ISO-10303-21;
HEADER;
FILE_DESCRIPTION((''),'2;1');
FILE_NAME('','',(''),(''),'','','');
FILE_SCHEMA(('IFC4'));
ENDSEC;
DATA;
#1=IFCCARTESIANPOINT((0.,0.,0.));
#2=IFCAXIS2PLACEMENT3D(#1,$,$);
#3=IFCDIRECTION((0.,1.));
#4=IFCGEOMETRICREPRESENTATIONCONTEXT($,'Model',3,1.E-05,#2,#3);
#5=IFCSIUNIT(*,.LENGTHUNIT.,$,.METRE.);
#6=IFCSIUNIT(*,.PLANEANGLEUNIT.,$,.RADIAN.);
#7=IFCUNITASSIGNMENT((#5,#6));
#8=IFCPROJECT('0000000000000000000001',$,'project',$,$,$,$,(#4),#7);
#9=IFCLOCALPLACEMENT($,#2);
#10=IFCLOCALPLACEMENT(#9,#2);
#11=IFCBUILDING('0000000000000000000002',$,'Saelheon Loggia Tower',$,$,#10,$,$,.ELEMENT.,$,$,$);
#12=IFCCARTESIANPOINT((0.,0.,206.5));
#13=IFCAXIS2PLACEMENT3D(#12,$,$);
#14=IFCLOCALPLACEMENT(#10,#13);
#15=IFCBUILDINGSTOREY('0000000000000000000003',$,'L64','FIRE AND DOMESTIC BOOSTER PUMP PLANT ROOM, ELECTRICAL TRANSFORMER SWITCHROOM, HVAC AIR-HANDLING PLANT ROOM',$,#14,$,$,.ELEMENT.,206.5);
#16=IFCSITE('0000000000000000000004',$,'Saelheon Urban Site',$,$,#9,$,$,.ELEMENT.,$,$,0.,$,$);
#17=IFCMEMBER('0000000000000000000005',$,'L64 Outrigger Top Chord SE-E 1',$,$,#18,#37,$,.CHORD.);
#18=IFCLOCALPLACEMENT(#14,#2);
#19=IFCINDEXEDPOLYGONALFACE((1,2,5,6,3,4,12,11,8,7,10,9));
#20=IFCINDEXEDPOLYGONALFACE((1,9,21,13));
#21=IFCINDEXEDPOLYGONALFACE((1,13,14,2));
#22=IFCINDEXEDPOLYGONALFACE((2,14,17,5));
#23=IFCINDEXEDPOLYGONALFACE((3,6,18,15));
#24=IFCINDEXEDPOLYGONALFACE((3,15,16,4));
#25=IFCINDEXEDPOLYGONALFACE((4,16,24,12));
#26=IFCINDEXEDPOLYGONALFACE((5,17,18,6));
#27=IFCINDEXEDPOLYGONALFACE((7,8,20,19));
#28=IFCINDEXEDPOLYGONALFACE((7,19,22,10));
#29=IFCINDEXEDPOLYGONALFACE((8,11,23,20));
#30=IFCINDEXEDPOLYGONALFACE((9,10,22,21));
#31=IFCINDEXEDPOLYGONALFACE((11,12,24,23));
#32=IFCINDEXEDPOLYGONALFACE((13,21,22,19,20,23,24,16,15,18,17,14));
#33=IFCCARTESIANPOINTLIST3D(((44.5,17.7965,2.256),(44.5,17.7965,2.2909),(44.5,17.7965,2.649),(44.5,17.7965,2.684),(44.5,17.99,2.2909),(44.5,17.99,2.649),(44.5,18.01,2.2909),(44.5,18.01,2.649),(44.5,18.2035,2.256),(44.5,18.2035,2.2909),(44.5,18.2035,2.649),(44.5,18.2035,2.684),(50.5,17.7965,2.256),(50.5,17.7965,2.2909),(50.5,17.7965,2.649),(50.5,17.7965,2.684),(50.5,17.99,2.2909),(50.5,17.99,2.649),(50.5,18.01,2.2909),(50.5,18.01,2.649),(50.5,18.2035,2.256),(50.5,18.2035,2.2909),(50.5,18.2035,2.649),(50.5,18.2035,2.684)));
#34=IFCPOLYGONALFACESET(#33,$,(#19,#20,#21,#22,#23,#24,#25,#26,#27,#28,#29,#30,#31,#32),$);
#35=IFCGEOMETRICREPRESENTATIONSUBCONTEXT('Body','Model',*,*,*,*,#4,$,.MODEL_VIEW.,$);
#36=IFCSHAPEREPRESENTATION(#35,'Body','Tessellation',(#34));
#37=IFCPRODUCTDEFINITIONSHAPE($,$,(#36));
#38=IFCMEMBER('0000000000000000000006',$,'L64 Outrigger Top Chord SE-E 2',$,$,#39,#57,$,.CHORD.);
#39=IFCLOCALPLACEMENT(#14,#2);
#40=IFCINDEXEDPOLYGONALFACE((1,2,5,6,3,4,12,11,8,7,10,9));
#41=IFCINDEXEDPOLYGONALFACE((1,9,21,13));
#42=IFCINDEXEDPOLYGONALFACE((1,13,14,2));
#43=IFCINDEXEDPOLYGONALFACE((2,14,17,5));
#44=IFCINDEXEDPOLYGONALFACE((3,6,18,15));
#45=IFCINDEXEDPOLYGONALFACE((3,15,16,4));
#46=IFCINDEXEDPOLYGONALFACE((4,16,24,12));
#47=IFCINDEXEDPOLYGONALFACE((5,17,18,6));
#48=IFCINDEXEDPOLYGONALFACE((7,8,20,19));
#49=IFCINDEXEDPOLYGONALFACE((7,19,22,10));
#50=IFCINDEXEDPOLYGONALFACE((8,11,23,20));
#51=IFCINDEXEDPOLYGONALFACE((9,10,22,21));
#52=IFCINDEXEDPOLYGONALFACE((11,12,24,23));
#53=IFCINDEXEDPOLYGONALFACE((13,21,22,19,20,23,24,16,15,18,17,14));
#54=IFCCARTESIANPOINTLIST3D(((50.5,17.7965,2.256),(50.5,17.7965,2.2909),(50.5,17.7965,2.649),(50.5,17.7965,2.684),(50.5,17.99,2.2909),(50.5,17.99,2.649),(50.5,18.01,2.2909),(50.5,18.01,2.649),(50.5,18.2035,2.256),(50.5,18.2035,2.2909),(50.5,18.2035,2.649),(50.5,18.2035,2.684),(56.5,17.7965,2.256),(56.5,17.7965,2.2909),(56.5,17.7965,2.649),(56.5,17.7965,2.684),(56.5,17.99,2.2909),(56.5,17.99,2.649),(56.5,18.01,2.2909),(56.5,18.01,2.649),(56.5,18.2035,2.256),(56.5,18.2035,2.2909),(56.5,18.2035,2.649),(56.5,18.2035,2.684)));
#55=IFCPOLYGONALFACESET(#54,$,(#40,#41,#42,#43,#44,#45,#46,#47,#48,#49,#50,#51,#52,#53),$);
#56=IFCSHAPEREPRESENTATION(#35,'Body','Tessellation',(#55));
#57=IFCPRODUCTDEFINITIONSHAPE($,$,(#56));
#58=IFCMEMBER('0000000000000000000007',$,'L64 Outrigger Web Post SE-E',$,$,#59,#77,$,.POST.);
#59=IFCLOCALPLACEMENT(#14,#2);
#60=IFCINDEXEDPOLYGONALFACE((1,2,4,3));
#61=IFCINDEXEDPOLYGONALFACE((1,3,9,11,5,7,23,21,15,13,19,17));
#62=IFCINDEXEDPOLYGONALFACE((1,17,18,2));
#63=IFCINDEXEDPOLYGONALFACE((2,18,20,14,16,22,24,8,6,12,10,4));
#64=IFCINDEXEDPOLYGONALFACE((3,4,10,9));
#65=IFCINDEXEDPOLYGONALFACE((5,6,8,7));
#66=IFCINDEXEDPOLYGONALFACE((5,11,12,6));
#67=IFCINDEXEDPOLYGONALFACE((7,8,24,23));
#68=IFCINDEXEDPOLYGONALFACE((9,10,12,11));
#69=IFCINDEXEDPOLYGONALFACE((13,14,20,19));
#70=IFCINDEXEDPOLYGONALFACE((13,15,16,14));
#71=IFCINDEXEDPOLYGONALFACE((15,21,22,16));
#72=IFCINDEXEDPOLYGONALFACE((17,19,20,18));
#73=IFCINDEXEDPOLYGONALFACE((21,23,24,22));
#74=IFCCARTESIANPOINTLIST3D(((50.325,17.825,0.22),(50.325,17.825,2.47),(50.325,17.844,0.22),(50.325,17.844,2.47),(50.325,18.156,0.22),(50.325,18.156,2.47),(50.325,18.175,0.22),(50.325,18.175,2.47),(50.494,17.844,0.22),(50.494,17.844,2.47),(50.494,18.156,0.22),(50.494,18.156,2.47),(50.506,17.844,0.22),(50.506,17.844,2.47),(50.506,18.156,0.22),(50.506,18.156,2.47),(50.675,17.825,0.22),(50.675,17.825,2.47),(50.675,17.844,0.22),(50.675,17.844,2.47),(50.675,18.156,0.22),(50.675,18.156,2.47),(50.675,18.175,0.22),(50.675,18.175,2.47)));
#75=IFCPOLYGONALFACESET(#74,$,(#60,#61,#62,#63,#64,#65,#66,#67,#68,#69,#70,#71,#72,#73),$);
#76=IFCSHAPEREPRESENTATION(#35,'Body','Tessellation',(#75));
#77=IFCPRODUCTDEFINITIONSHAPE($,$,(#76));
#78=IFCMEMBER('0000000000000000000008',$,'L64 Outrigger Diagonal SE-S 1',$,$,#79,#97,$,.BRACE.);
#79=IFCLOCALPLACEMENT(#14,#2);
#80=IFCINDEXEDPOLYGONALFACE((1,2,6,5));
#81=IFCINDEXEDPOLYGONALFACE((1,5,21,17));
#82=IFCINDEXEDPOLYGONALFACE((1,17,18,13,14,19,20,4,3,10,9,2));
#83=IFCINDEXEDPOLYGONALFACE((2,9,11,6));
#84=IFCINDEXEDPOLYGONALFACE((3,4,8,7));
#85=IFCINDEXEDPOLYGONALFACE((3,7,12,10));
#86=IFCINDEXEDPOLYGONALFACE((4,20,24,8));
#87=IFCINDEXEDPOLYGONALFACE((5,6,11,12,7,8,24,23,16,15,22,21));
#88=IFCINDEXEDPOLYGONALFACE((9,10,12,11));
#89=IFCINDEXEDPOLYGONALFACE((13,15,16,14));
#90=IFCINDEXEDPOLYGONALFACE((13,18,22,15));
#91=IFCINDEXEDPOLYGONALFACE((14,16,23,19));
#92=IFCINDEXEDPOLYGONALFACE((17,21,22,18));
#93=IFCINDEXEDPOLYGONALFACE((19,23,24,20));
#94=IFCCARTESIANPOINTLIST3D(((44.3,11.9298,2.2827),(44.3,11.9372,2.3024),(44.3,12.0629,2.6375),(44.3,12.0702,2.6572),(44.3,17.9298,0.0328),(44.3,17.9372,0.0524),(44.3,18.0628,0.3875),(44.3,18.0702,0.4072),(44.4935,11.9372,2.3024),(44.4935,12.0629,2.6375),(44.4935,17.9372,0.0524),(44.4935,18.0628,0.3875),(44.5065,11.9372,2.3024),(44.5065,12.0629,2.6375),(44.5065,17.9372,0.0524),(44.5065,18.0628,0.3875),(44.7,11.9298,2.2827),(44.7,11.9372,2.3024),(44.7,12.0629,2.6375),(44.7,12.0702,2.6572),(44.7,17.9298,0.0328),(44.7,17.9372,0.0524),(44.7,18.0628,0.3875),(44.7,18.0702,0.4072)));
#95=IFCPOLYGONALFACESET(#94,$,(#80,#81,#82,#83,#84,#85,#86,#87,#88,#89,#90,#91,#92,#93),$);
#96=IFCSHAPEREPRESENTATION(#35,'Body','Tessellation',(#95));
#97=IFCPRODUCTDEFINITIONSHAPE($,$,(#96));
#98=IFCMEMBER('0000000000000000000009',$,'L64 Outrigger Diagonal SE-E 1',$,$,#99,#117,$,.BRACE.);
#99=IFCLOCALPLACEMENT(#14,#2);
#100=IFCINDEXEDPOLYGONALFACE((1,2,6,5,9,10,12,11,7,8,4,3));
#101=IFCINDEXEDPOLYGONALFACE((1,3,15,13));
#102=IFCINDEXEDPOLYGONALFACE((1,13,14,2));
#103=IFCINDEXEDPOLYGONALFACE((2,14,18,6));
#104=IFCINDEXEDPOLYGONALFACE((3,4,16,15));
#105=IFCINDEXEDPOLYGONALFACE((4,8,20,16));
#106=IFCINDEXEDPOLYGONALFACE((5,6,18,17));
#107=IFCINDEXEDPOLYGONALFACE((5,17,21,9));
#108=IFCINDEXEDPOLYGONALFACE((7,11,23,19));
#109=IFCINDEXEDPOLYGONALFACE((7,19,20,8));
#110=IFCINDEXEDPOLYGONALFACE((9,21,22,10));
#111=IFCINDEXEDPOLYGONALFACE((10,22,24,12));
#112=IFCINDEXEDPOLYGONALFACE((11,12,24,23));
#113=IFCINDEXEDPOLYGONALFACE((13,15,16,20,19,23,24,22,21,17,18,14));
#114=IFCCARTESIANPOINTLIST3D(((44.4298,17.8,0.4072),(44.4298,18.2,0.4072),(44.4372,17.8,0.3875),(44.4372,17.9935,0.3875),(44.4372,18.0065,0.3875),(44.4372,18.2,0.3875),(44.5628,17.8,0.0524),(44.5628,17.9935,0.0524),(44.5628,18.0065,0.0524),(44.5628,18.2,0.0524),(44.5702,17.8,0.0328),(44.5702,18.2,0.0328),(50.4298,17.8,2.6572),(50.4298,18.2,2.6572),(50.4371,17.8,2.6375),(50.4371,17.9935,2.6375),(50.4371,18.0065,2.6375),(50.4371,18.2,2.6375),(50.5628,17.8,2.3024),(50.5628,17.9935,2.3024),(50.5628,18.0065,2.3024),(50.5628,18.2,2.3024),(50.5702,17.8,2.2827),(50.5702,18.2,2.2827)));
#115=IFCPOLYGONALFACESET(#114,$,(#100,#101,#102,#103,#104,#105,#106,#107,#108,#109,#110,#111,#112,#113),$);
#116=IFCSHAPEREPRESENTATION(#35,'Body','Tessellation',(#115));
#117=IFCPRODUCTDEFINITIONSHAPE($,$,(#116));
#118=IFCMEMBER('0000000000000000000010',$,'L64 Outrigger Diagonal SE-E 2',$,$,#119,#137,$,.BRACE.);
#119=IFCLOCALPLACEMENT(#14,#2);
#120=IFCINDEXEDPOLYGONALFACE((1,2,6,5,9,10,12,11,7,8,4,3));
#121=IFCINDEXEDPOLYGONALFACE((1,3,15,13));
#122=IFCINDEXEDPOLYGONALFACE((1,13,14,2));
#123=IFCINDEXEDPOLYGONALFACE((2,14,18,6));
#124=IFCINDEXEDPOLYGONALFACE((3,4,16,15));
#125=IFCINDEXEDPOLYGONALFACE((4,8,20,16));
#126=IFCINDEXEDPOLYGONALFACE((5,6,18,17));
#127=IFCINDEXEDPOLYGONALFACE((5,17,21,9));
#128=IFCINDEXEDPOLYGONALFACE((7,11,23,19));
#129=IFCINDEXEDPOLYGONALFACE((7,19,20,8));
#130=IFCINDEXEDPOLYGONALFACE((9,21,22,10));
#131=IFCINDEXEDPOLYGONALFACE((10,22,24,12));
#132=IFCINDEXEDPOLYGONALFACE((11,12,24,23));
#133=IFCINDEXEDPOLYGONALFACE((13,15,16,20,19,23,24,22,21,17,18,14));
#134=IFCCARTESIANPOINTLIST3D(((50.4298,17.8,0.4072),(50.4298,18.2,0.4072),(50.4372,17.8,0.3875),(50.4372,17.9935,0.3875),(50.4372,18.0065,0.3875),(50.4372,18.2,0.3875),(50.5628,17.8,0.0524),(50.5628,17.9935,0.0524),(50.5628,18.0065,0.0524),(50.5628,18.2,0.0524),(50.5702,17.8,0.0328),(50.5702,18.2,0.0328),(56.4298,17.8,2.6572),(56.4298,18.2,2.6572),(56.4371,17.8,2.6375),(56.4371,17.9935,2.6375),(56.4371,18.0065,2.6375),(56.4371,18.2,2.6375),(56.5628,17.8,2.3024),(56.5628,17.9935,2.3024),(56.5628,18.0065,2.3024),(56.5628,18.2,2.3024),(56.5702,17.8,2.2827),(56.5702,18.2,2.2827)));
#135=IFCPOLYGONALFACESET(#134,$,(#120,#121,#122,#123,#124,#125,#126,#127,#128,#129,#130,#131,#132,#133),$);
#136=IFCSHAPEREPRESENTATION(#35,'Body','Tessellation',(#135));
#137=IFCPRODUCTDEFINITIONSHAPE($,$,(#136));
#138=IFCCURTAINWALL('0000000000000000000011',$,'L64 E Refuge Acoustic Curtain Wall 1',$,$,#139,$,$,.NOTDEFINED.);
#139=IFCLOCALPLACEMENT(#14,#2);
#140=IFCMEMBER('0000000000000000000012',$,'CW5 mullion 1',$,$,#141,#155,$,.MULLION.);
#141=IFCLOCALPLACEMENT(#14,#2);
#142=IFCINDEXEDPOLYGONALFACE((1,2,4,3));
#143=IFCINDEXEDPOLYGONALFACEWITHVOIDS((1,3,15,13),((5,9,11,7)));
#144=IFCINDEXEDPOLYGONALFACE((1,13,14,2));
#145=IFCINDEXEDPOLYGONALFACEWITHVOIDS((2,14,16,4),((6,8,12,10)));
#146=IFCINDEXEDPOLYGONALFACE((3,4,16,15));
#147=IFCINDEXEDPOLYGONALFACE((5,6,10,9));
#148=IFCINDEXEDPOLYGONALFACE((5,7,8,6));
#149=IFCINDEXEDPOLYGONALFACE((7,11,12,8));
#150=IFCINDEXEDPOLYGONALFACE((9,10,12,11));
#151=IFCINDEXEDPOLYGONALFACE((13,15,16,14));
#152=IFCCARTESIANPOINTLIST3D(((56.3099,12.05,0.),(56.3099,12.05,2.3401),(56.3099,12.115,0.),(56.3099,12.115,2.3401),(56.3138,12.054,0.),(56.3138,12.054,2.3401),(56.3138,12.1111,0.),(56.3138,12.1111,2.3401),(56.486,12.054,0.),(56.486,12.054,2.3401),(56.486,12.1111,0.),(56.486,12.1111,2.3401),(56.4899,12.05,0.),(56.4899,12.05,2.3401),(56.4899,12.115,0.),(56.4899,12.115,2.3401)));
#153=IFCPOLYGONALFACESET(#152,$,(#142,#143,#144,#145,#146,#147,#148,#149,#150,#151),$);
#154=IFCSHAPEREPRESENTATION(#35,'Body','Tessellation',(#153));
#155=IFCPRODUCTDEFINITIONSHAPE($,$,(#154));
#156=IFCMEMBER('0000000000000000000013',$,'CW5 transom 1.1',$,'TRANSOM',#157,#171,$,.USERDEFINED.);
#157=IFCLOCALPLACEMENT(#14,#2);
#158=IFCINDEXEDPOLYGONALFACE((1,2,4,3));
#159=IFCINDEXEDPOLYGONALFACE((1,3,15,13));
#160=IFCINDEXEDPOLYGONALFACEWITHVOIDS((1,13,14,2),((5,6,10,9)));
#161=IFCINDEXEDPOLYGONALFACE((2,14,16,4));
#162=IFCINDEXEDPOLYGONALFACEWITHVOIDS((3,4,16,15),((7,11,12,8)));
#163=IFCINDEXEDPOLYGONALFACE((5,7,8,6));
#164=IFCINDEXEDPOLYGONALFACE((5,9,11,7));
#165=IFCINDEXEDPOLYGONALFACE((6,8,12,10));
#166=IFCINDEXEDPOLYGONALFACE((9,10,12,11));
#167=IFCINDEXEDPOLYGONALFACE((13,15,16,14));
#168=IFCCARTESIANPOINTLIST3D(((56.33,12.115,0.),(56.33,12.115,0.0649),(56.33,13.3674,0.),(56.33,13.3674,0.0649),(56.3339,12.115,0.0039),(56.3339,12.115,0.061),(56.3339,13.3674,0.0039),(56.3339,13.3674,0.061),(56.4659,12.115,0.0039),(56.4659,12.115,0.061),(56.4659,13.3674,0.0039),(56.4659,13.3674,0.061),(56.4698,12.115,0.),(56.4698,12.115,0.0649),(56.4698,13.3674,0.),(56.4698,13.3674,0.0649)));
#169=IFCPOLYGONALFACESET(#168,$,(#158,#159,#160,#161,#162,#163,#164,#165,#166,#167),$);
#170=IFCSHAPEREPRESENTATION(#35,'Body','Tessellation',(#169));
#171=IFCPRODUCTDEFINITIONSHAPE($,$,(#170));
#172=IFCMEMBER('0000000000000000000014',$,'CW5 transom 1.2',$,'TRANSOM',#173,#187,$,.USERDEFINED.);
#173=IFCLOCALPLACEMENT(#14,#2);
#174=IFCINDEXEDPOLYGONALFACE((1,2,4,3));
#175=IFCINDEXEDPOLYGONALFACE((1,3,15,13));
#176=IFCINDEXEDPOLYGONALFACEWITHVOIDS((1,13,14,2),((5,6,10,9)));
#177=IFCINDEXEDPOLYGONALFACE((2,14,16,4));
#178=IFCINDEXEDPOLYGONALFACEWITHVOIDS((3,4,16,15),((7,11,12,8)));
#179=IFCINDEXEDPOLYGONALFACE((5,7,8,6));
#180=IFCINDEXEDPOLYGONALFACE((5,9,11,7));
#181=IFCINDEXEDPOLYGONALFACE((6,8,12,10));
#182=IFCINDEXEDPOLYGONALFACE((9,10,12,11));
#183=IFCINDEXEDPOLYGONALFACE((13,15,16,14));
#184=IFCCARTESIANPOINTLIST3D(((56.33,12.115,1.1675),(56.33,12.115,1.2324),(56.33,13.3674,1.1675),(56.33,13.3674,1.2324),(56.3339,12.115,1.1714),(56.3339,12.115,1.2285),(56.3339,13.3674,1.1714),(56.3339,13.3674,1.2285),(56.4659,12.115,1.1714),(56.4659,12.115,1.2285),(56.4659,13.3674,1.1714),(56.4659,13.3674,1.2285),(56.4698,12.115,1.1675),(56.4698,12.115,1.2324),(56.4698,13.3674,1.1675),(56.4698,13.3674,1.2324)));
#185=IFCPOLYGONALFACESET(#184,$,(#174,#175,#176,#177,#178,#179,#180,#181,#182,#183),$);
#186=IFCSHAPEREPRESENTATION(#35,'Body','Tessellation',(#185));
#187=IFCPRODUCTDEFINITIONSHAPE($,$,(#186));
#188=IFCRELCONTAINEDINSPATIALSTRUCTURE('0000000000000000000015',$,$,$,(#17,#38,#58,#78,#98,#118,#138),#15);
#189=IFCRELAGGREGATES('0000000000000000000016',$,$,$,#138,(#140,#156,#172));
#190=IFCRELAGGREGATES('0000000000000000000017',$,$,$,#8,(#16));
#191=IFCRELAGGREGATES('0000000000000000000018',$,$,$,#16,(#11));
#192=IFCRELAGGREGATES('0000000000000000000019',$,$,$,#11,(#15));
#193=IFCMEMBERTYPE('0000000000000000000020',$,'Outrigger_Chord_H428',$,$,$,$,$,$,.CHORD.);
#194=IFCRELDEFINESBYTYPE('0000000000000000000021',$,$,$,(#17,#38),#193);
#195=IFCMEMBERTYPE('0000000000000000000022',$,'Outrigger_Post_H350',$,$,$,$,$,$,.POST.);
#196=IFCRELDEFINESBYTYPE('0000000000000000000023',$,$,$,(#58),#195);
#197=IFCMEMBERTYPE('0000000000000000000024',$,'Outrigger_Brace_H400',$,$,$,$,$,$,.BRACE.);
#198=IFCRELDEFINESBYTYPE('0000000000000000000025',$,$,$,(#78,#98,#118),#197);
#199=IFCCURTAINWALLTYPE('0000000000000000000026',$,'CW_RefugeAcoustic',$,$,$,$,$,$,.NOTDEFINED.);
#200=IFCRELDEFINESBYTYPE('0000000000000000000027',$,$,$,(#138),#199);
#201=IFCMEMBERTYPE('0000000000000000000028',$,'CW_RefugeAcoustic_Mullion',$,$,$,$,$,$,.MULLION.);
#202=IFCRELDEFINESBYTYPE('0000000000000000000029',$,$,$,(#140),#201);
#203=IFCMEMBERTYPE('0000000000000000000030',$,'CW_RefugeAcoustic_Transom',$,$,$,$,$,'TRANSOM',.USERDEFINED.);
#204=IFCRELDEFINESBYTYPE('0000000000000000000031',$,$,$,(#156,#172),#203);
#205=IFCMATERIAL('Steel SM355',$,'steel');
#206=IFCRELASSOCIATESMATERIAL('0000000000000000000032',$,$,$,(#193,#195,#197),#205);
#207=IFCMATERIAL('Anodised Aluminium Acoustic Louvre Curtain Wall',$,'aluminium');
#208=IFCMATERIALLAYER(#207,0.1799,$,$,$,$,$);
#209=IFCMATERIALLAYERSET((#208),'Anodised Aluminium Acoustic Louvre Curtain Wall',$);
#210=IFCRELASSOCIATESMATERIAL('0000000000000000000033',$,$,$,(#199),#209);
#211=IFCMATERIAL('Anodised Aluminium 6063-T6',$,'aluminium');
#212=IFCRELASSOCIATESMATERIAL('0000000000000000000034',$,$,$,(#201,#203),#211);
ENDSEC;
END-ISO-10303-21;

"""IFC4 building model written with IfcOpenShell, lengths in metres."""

from ifc_helpers import new_model, si_unit, direction, frame, origin, origin_2d, place, context, subcontext, project, spatial, hollow_rectangle, i_section, extrude, source, transform, mapped, material, layer, layer_set, material_profile, profile_set, type_object, element, aggregate, save


model = new_model("IFC4")

# Units and contexts
model_context = context("Model", 3, precision=1e-05, world=origin(), true_north=direction((0.0, 1.0)))
body_context = subcontext(model_context, "Body", "Model", "MODEL_VIEW")
ifc_project = project(units=[si_unit("LENGTHUNIT", "METRE"), si_unit("PLANEANGLEUNIT", "RADIAN")], contexts=[model_context])

# Site, building, storey
site_placement = place(None, origin())
site = spatial("IfcSite", under=ifc_project, at=site_placement, Name="Saelheon Urban Site", CompositionType="ELEMENT", RefElevation=0.0)
building_placement = place(site_placement, origin())
building = spatial("IfcBuilding", under=site, at=building_placement, Name="Saelheon Loggia Tower", CompositionType="ELEMENT")
storey_placement = place(building_placement, frame((0.0, 0.0, 206.5)))
storey = spatial("IfcBuildingStorey", under=building, at=storey_placement, Name="L64", Description="FIRE AND DOMESTIC BOOSTER PUMP PLANT ROOM, ELECTRICAL TRANSFORMER SWITCHROOM, HVAC AIR-HANDLING PLANT ROOM", CompositionType="ELEMENT", Elevation=206.5)

# Members
ifc_material_1 = material(Name="Steel SM355", Category="steel")
ifc_material_profile_1 = material_profile(ifc_material_1, i_section(OverallWidth=0.407, OverallDepth=0.428, WebThickness=0.02, FlangeThickness=0.0349, at=origin_2d()), Name="H-428x407x20x35")
ifc_profile_set_1 = profile_set([ifc_material_profile_1], Name="Steel SM355")
member_type_1 = type_object("IfcMemberType", Name="Outrigger_Chord_H428", PredefinedType="CHORD", material=ifc_profile_set_1)
shared_shape_1 = source(origin(), body_context, "Body", "SweptSolid", [
    extrude(i_section(OverallWidth=0.407, OverallDepth=0.428, WebThickness=0.02, FlangeThickness=0.0349, at=origin_2d()), origin(), (0.0, 0.0, 1.0), 6.0),
])
for number, where, z_axis, x_axis, name in (
    (1, (44.5, 18.0, 2.47), (1.0, 0.0, 0.0), (0.0, 1.0, 0.0), "L64 Outrigger Top Chord SE-E 1"),
    (2, (50.5, 18.0, 2.47), (1.0, 0.0, 0.0), (0.0, 1.0, 0.0), "L64 Outrigger Top Chord SE-E 2"),
):
    element("IfcMember", number, at=place(storey_placement, frame(where, z_axis=z_axis, x_axis=x_axis)), inside=storey, type_object=member_type_1, Name=name, PredefinedType="CHORD", context=body_context, shape_type="MappedRepresentation", body=[
        mapped(shared_shape_1, transform((0.0, 0.0, 0.0), scale=1.0)),
    ])
ifc_material_profile_2 = material_profile(ifc_material_1, i_section(OverallWidth=0.3501, OverallDepth=0.3501, WebThickness=0.012, FlangeThickness=0.019, at=origin_2d()), Name="H-350x350x12x19")
ifc_profile_set_2 = profile_set([ifc_material_profile_2], Name="Steel SM355")
member_type_2 = type_object("IfcMemberType", Name="Outrigger_Post_H350", PredefinedType="POST", material=ifc_profile_set_2)
shared_shape_2 = source(origin(), body_context, "Body", "SweptSolid", [
    extrude(i_section(OverallWidth=0.3501, OverallDepth=0.3501, WebThickness=0.012, FlangeThickness=0.019, at=origin_2d()), origin(), (0.0, 0.0, 1.0), 2.25),
])
member_1_placement = place(storey_placement, frame((50.5, 18.0, 0.22), z_axis=(0.0, 0.0, 1.0), x_axis=(1.0, 0.0, 0.0)))
element("IfcMember", 3, at=member_1_placement, inside=storey, type_object=member_type_2, Name="L64 Outrigger Web Post SE-E", PredefinedType="POST", context=body_context, shape_type="MappedRepresentation", body=[
    mapped(shared_shape_2, transform((0.0, 0.0, 0.0), scale=1.0)),
])
ifc_material_profile_3 = material_profile(ifc_material_1, i_section(OverallWidth=0.3999, OverallDepth=0.3999, WebThickness=0.0129, FlangeThickness=0.021, at=origin_2d()), Name="H-400x400x13x21")
ifc_profile_set_3 = profile_set([ifc_material_profile_3], Name="Steel SM355")
member_type_3 = type_object("IfcMemberType", Name="Outrigger_Brace_H400", PredefinedType="BRACE", material=ifc_profile_set_3)
shared_shape_3 = source(origin(), body_context, "Body", "SweptSolid", [
    extrude(i_section(OverallWidth=0.3999, OverallDepth=0.3999, WebThickness=0.0129, FlangeThickness=0.021, at=origin_2d()), origin(), (0.0, 0.0, 1.0), 6.408),
])
for number, where, z_axis, x_axis, name in (
    (4, (44.5, 18.0, 0.22), (0.0, -0.936329, 0.351123), (1.0, 0.0, 0.0), "L64 Outrigger Diagonal SE-S 1"),
    (5, (44.5, 18.0, 0.22), (0.936329, 0.0, 0.351123), (0.0, 1.0, 0.0), "L64 Outrigger Diagonal SE-E 1"),
    (6, (50.5, 18.0, 0.22), (0.936329, 0.0, 0.351123), (0.0, 1.0, 0.0), "L64 Outrigger Diagonal SE-E 2"),
):
    element("IfcMember", number, at=place(storey_placement, frame(where, z_axis=z_axis, x_axis=x_axis)), inside=storey, type_object=member_type_3, Name=name, PredefinedType="BRACE", context=body_context, shape_type="MappedRepresentation", body=[
        mapped(shared_shape_3, transform((0.0, 0.0, 0.0), scale=1.0)),
    ])

# Curtain wall, members
ifc_material_2 = material(Name="Anodised Aluminium Acoustic Louvre Curtain Wall", Category="aluminium")
ifc_layer_1 = layer(ifc_material_2, 0.1799)
ifc_layer_set_1 = layer_set([ifc_layer_1], Name="Anodised Aluminium Acoustic Louvre Curtain Wall")
curtain_wall_type = type_object("IfcCurtainWallType", Name="CW_RefugeAcoustic", PredefinedType="NOTDEFINED", material=ifc_layer_set_1)
curtain_wall_placement = place(storey_placement, origin())
curtain_wall = element("IfcCurtainWall", 7, at=curtain_wall_placement, inside=storey, type_object=curtain_wall_type, Name="L64 E Refuge Acoustic Curtain Wall 1", PredefinedType="NOTDEFINED")
ifc_material_3 = material(Name="Anodised Aluminium 6063-T6", Category="aluminium")
ifc_material_profile_4 = material_profile(ifc_material_3, hollow_rectangle(XDim=0.0649, YDim=0.1799, WallThickness=0.0039, at=origin_2d()), Name="RHS-180x65x4")
ifc_profile_set_4 = profile_set([ifc_material_profile_4], Name="Anodised Aluminium 6063-T6")
member_type_4 = type_object("IfcMemberType", Name="CW_RefugeAcoustic_Mullion", PredefinedType="MULLION", material=ifc_profile_set_4)
shared_shape_4 = source(origin(), body_context, "Body", "SweptSolid", [
    extrude(hollow_rectangle(XDim=0.0649, YDim=0.1799, WallThickness=0.0039, at=origin_2d()), origin(), (0.0, 0.0, 1.0), 2.3401),
])
member_2_placement = place(storey_placement, frame((56.3999, 12.0825, 0.0), z_axis=(0.0, 0.0, 1.0), x_axis=(0.0, 1.0, 0.0)))
member_2 = element("IfcMember", 8, at=member_2_placement, type_object=member_type_4, Name="CW5 mullion 1", PredefinedType="MULLION", context=body_context, shape_type="MappedRepresentation", body=[
    mapped(shared_shape_4, transform((0.0, 0.0, 0.0), scale=1.0)),
])
ifc_material_profile_5 = material_profile(ifc_material_3, hollow_rectangle(XDim=0.0649, YDim=0.1399, WallThickness=0.0039, at=origin_2d()), Name="RHS-140x65x4")
ifc_profile_set_5 = profile_set([ifc_material_profile_5], Name="Anodised Aluminium 6063-T6")
member_type_5 = type_object("IfcMemberType", Name="CW_RefugeAcoustic_Transom", ElementType="TRANSOM", PredefinedType="USERDEFINED", material=ifc_profile_set_5)
shared_shape_5 = source(origin(), body_context, "Body", "SweptSolid", [
    extrude(hollow_rectangle(XDim=0.0649, YDim=0.1399, WallThickness=0.0039, at=origin_2d()), origin(), (0.0, 0.0, 1.0), 1.2524),
])
member_3_placement = place(storey_placement, frame((56.3999, 12.115, 0.0325), z_axis=(0.0, 1.0, 0.0), x_axis=(0.0, 0.0, 1.0)))
member_3 = element("IfcMember", 9, at=member_3_placement, type_object=member_type_5, Name="CW5 transom 1.1", ObjectType="TRANSOM", PredefinedType="USERDEFINED", context=body_context, shape_type="MappedRepresentation", body=[
    mapped(shared_shape_5, transform((0.0, 0.0, 0.0), scale=1.0)),
])
member_4_placement = place(storey_placement, frame((56.3999, 12.115, 1.2), z_axis=(0.0, 1.0, 0.0), x_axis=(0.0, 0.0, 1.0)))
member_4 = element("IfcMember", 10, at=member_4_placement, type_object=member_type_5, Name="CW5 transom 1.2", ObjectType="TRANSOM", PredefinedType="USERDEFINED", context=body_context, shape_type="MappedRepresentation", body=[
    mapped(shared_shape_5, transform((0.0, 0.0, 0.0), scale=1.0)),
])
aggregate(curtain_wall, [member_2, member_3, member_4])

save(model, "model.ifc")
